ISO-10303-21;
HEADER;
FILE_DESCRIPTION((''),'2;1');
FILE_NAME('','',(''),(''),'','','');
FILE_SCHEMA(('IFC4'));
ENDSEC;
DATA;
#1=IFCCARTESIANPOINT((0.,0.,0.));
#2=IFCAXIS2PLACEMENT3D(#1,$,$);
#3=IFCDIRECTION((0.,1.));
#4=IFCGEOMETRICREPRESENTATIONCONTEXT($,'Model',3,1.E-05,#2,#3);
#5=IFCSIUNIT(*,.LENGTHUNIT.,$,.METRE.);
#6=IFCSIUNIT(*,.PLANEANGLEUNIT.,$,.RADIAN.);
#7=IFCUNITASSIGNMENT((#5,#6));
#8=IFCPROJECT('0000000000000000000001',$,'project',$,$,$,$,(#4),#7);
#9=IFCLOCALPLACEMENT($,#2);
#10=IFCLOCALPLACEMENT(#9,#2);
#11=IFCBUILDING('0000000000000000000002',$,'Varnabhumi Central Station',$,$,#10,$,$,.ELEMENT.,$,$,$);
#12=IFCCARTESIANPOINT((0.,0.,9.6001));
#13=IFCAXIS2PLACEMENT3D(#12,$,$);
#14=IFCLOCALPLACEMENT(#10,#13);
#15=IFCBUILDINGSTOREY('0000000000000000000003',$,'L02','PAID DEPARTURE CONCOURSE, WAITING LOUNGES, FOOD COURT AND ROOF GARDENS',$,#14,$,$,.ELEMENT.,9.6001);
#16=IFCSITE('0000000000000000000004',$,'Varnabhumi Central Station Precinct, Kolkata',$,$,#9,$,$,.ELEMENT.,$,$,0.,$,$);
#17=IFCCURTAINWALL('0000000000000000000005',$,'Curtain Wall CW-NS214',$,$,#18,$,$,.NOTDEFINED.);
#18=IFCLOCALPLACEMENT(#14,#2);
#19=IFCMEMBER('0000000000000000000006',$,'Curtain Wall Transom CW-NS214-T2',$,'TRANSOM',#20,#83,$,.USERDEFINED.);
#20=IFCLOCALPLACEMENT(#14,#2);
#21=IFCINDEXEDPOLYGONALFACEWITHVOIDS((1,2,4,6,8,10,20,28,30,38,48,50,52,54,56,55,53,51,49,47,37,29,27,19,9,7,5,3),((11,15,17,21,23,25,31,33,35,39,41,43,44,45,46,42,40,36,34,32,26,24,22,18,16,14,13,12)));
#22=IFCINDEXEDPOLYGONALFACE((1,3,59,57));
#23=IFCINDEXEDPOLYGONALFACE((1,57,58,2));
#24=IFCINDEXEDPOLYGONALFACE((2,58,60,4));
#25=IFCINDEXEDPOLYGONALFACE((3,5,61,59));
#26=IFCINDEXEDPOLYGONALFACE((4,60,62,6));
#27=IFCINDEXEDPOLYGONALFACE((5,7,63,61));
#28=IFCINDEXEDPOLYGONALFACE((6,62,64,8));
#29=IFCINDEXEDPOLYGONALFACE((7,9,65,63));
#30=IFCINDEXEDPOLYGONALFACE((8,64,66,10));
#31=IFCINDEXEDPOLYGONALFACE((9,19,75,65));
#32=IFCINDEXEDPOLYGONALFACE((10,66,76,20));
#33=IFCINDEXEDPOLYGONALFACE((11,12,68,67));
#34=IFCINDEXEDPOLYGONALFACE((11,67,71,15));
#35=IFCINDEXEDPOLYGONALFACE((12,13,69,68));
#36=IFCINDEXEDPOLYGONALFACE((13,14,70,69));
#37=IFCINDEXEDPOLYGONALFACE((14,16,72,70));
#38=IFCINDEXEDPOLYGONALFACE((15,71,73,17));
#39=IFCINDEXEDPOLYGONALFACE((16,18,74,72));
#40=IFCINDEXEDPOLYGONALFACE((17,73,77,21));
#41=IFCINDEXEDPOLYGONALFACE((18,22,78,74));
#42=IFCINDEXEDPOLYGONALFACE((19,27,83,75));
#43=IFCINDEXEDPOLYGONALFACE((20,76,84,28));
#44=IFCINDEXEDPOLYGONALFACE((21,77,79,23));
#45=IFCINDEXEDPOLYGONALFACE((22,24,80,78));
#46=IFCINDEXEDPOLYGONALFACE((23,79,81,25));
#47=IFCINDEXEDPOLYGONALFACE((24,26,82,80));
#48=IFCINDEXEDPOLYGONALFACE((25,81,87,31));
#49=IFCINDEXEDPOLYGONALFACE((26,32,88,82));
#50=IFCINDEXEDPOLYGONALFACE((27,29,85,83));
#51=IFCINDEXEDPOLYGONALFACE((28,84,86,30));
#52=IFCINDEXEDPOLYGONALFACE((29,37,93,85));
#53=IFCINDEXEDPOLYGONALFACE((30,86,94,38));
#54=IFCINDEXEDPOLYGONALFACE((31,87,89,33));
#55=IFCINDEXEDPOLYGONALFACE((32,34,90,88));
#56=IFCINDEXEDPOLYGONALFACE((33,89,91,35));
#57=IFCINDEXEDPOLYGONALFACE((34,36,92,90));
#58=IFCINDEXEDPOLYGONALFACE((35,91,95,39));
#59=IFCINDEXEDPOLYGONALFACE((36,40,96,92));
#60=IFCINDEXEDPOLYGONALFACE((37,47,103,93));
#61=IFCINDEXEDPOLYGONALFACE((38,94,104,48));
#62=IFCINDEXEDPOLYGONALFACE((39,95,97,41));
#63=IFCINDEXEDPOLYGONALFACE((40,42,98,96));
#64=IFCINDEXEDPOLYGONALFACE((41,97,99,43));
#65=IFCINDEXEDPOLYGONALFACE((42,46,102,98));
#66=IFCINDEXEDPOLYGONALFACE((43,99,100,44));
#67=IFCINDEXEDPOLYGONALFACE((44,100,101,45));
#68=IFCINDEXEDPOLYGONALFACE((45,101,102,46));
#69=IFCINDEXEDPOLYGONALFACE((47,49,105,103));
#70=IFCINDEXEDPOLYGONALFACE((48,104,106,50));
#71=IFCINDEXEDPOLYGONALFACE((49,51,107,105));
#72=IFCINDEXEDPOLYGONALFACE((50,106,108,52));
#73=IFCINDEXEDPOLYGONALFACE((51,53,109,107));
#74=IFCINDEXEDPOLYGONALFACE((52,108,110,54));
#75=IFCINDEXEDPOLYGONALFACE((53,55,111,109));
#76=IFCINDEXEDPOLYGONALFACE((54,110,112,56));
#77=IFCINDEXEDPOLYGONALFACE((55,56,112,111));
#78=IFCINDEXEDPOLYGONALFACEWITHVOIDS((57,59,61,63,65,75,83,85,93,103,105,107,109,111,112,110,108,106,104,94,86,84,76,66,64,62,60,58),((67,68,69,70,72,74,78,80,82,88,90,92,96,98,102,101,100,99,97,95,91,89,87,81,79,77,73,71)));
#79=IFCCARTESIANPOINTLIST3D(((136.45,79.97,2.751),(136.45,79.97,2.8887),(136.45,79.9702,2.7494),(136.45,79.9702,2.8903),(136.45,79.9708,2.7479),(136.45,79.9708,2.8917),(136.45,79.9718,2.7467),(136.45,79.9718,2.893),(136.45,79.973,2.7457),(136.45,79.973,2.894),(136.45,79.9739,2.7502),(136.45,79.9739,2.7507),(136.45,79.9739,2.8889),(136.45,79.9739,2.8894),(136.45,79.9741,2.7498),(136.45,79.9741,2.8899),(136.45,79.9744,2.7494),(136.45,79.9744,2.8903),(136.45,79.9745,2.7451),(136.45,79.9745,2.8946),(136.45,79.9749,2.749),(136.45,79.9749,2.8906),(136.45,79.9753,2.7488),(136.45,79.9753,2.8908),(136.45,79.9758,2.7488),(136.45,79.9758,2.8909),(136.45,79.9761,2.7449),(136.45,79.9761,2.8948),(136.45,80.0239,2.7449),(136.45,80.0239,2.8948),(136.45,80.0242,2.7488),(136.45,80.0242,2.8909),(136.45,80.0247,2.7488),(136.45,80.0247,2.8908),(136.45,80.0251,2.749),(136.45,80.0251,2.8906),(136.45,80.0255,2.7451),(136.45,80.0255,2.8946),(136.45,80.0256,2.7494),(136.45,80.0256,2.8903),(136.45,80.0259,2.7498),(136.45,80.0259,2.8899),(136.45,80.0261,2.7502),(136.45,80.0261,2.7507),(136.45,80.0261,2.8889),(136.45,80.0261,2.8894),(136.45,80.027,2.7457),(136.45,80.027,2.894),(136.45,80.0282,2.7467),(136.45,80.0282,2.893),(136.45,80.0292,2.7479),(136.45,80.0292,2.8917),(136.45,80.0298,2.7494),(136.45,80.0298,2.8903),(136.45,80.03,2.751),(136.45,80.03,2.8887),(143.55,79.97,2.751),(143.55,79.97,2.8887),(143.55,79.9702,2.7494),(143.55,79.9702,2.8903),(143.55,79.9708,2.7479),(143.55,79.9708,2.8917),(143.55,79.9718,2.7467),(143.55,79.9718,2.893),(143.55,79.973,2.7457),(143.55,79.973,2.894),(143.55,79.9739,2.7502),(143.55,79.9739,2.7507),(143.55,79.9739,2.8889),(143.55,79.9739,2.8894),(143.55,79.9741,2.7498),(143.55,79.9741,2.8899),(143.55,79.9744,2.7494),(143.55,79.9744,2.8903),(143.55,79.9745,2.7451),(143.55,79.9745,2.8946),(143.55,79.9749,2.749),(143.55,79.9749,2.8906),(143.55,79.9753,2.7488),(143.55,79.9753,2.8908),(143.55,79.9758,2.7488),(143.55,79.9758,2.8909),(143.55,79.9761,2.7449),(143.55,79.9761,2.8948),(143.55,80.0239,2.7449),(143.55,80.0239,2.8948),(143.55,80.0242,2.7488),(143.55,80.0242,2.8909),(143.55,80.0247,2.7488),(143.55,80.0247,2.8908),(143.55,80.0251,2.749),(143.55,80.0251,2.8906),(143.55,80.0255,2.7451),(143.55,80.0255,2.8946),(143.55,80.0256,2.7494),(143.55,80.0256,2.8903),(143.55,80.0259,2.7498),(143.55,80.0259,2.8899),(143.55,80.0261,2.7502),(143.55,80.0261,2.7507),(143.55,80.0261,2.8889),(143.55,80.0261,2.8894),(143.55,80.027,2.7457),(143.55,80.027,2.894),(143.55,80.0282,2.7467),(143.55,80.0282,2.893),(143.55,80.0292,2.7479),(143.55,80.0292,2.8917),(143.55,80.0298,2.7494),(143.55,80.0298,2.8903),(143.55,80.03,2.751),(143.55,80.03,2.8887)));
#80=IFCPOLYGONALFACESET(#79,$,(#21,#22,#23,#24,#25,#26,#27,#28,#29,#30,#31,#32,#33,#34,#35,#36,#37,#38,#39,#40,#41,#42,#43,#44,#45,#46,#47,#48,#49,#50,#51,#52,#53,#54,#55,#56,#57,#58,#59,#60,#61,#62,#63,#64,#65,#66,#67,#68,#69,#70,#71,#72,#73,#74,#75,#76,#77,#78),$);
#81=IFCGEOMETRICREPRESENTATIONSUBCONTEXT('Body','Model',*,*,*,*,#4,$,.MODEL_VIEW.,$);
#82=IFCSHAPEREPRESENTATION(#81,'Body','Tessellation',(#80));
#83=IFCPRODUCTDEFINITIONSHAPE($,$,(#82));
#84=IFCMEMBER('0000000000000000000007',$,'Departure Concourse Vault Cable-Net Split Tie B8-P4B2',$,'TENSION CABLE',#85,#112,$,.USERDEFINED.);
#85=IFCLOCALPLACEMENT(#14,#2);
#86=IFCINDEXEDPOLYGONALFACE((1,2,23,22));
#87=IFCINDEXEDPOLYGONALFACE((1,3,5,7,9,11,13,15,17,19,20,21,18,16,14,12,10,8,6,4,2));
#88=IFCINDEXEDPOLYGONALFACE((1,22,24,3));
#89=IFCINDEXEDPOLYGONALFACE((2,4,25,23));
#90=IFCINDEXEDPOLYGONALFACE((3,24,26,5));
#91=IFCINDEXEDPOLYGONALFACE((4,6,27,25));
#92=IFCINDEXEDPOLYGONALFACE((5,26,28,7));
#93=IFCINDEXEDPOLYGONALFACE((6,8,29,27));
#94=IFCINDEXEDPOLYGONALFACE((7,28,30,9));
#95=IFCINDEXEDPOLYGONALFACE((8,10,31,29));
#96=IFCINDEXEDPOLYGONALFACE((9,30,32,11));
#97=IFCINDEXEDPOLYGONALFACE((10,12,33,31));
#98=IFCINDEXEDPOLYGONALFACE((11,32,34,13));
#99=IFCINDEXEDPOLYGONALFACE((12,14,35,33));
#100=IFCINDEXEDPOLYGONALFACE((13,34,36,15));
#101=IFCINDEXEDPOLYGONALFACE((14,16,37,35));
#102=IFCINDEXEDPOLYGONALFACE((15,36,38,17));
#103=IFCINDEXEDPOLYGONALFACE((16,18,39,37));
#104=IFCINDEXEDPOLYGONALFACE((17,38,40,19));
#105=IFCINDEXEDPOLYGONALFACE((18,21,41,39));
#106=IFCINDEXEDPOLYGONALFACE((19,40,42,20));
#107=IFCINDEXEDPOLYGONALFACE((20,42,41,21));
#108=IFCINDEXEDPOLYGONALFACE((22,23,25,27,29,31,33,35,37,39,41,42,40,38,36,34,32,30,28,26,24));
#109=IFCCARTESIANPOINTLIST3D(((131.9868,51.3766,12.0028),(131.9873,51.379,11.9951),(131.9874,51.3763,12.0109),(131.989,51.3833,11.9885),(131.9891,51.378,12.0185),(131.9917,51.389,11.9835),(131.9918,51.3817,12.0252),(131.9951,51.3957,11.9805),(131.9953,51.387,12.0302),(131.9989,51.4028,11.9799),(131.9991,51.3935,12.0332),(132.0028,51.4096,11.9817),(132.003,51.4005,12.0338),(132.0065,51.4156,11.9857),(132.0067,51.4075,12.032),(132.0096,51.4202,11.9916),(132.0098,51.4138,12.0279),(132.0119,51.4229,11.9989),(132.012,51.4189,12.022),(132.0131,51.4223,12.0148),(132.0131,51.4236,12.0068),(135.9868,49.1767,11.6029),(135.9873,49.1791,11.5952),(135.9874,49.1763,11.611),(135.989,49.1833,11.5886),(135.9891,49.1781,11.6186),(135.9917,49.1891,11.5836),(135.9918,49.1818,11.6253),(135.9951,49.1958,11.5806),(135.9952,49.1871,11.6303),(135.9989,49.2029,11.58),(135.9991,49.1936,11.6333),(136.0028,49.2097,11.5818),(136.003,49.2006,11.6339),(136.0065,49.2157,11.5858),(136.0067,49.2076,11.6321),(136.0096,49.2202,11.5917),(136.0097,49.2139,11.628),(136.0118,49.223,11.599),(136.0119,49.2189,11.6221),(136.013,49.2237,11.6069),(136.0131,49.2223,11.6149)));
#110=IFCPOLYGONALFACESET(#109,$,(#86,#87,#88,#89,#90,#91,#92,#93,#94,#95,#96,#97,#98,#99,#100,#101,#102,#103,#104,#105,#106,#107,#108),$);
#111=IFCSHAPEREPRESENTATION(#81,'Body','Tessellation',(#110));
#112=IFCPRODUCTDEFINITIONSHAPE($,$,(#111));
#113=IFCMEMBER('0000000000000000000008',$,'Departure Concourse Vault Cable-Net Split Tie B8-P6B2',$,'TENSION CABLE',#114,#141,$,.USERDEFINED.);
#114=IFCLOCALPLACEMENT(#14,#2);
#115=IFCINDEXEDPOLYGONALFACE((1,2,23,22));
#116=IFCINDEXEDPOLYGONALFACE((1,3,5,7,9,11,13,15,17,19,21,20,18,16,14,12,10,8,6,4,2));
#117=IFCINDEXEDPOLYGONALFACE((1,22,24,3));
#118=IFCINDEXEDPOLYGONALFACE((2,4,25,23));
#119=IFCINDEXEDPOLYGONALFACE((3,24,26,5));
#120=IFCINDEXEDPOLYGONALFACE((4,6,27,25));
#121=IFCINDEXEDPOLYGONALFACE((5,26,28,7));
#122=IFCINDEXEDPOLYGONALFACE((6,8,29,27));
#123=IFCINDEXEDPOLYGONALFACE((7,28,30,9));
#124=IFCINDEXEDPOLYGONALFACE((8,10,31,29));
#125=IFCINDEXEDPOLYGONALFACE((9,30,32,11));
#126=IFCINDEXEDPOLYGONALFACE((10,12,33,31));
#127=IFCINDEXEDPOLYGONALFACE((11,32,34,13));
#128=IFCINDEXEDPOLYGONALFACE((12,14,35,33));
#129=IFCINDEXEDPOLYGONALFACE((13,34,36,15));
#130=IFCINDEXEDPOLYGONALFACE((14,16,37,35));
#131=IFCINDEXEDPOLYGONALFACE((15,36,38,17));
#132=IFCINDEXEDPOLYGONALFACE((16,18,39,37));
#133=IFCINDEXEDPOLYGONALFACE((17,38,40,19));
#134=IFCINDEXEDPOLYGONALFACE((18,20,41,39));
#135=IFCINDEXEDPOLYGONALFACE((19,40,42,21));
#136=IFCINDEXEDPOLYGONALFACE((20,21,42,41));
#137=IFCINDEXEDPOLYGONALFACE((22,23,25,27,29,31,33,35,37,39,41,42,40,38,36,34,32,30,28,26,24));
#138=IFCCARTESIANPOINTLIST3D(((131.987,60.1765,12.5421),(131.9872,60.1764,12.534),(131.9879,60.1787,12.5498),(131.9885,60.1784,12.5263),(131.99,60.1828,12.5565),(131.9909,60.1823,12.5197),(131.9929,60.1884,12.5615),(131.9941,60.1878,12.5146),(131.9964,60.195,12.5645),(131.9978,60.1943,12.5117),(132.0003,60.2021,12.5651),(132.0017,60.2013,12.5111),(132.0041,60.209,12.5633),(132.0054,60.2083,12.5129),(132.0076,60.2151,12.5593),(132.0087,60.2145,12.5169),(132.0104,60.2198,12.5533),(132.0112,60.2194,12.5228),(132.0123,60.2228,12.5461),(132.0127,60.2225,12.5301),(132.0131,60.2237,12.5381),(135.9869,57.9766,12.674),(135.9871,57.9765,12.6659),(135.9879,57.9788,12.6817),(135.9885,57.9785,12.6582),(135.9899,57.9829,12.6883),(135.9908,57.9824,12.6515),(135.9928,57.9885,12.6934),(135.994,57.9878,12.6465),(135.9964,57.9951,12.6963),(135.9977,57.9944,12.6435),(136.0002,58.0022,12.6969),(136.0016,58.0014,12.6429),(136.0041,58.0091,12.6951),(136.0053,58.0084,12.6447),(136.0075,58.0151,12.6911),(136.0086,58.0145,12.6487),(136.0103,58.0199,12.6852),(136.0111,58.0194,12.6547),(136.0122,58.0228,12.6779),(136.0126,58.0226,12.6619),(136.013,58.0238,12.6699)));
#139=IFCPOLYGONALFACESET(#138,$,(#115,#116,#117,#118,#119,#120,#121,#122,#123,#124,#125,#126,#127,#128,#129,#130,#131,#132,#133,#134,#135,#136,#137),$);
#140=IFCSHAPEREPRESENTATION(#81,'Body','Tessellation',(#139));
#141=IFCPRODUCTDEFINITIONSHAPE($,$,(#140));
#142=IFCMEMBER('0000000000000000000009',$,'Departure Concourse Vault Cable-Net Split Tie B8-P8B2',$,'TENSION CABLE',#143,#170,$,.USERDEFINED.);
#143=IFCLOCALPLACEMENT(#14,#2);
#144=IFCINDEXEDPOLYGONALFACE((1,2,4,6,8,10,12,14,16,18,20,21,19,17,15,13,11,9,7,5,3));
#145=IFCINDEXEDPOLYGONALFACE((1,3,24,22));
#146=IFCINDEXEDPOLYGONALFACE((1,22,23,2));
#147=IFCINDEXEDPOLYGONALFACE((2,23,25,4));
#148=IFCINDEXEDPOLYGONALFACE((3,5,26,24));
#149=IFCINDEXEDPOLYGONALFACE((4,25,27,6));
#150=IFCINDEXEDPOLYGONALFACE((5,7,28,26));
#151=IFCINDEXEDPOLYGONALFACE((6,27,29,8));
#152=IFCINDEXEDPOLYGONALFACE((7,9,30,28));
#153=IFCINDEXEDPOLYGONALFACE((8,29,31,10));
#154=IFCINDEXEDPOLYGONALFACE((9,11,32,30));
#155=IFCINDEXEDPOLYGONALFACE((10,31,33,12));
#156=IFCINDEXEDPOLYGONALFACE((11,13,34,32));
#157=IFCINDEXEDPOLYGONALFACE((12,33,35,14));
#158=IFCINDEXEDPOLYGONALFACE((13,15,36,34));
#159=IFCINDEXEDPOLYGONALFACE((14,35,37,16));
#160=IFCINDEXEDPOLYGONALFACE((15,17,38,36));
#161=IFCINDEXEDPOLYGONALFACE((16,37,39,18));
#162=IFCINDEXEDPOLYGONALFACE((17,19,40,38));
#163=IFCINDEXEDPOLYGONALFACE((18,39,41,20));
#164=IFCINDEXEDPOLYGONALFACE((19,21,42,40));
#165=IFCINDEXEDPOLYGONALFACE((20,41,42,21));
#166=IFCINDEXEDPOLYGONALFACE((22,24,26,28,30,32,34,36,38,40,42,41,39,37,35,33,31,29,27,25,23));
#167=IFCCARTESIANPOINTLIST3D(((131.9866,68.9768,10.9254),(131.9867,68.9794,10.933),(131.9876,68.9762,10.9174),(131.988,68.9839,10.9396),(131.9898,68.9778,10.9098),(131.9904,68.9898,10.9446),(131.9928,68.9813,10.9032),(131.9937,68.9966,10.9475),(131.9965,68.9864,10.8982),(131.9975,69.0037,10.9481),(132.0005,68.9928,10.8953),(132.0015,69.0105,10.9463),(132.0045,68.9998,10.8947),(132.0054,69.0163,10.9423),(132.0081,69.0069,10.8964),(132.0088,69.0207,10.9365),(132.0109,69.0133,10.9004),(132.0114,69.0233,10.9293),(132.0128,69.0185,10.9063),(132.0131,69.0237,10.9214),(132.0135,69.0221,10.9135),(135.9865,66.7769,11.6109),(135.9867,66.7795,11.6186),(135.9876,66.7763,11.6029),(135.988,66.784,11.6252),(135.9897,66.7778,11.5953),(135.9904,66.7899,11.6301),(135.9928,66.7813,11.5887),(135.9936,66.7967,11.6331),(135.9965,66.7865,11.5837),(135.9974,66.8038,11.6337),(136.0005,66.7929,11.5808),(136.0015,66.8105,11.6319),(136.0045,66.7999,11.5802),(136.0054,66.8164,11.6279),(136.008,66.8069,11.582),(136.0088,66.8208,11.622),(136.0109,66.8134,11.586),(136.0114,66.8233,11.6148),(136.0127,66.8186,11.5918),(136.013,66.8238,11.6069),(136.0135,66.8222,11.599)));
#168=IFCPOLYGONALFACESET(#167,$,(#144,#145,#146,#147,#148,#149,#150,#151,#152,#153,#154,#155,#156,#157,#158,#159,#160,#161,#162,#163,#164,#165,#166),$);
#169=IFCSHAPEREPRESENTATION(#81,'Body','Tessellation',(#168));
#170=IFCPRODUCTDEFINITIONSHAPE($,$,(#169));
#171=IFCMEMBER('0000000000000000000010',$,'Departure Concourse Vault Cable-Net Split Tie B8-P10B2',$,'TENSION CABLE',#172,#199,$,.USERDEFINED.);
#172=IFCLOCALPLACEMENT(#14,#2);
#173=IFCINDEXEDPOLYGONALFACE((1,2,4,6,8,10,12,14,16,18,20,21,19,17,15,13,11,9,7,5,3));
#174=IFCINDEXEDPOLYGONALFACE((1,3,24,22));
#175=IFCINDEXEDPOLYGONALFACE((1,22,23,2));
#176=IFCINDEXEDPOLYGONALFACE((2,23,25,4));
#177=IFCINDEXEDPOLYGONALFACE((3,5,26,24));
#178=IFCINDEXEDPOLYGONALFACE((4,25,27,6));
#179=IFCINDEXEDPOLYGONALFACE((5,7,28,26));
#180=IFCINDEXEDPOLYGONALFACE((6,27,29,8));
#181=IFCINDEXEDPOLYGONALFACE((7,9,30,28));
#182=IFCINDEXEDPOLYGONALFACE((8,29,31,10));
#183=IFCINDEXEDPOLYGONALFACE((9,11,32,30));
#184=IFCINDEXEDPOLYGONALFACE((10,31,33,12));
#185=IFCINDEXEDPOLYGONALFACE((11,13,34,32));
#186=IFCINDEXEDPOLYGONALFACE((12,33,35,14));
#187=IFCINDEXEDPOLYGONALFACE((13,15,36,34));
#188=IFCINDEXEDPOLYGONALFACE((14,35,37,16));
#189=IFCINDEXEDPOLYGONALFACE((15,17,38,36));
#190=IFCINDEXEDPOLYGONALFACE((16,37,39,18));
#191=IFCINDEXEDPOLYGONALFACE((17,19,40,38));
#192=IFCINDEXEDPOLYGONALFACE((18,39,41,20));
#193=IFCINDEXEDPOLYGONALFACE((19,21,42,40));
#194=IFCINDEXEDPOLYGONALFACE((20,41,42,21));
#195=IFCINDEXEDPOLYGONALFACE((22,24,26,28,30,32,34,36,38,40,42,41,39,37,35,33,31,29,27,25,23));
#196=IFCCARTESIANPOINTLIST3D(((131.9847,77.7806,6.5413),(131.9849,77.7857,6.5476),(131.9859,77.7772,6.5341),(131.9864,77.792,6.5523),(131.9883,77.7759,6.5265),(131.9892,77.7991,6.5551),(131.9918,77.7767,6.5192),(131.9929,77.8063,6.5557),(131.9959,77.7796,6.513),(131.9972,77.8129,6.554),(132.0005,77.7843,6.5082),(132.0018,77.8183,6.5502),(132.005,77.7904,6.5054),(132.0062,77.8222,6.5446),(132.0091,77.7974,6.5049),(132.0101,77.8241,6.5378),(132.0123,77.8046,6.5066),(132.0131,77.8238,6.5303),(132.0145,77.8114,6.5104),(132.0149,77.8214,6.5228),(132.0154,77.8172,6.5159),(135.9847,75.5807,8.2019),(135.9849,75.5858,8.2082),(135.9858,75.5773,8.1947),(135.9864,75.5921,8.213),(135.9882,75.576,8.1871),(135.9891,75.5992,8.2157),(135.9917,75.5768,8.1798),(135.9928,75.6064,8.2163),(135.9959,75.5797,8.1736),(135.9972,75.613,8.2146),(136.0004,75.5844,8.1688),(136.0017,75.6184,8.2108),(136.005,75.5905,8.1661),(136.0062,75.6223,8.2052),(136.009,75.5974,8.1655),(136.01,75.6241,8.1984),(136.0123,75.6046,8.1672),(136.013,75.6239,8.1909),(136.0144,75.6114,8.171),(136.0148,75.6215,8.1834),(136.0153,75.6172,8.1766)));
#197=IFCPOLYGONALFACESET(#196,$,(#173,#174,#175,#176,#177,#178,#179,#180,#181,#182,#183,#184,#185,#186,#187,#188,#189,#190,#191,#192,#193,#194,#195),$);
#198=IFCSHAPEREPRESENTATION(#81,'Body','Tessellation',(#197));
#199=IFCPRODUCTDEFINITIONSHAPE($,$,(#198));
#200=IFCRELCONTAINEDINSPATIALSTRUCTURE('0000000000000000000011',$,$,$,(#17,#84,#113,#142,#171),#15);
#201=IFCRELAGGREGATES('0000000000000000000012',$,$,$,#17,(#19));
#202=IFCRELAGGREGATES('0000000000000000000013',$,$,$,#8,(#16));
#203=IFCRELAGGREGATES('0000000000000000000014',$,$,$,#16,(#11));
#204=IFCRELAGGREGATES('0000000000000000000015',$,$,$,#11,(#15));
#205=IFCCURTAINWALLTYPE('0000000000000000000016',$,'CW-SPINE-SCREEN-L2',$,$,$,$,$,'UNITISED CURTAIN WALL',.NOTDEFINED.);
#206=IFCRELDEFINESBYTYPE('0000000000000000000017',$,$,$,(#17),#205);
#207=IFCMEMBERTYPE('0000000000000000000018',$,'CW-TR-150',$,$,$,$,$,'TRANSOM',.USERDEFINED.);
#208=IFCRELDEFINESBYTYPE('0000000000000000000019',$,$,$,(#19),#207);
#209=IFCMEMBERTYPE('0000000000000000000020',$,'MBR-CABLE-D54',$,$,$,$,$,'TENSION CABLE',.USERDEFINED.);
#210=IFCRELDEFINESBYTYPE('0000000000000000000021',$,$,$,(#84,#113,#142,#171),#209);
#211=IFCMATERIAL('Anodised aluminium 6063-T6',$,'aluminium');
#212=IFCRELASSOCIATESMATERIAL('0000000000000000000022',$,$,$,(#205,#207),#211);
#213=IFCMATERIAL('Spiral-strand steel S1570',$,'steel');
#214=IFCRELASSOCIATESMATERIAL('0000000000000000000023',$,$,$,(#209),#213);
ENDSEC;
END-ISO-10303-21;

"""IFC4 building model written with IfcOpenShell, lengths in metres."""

from ifc_helpers import new_model, si_unit, direction, frame, origin, origin_2d, place, context, subcontext, project, spatial, hollow_rectangle, circle, extrude, material, material_profile, profile_set, type_object, element, aggregate, save


model = new_model("IFC4")

# Units and contexts
model_context = context("Model", 3, precision=1e-05, world=origin(), true_north=direction((0.0, 1.0)))
body_context = subcontext(model_context, "Body", "Model", "MODEL_VIEW")
ifc_project = project(units=[si_unit("LENGTHUNIT", "METRE"), si_unit("PLANEANGLEUNIT", "RADIAN")], contexts=[model_context])

# Site, building, storey
site_placement = place(None, origin())
site = spatial("IfcSite", under=ifc_project, at=site_placement, Name="Varnabhumi Central Station Precinct, Kolkata", CompositionType="ELEMENT", RefElevation=0.0)
building_placement = place(site_placement, origin())
building = spatial("IfcBuilding", under=site, at=building_placement, Name="Varnabhumi Central Station", CompositionType="ELEMENT")
storey_placement = place(building_placement, frame((0.0, 0.0, 9.6001)))
storey = spatial("IfcBuildingStorey", under=building, at=storey_placement, Name="L02", Description="PAID DEPARTURE CONCOURSE, WAITING LOUNGES, FOOD COURT AND ROOF GARDENS", CompositionType="ELEMENT", Elevation=9.6001)

# Curtain wall, member
ifc_material_1 = material(Name="Anodised aluminium 6063-T6", Category="aluminium")
curtain_wall_type = type_object("IfcCurtainWallType", Name="CW-SPINE-SCREEN-L2", ElementType="UNITISED CURTAIN WALL", PredefinedType="NOTDEFINED", material=ifc_material_1)
curtain_wall_placement = place(storey_placement, origin())
curtain_wall = element("IfcCurtainWall", 1, at=curtain_wall_placement, inside=storey, type_object=curtain_wall_type, Name="Curtain Wall CW-NS214", PredefinedType="NOTDEFINED")
ifc_material_profile_1 = material_profile(ifc_material_1, hollow_rectangle(XDim=0.0601, YDim=0.1499, WallThickness=0.0039, InnerFilletRadius=0.002, OuterFilletRadius=0.0061, at=origin_2d()), Name="Anodised aluminium 6063-T6", Category="aluminium")
ifc_profile_set_1 = profile_set([ifc_material_profile_1], Name="Anodised aluminium 6063-T6")
member_type_1 = type_object("IfcMemberType", Name="CW-TR-150", ElementType="TRANSOM", PredefinedType="USERDEFINED", material=ifc_profile_set_1)
member_1_placement = place(storey_placement, frame((136.45, 80.0, 2.8198), z_axis=(1.0, 0.0, 0.0), x_axis=(0.0, 1.0, 0.0)))
member_1 = element("IfcMember", 2, at=member_1_placement, type_object=member_type_1, Name="Curtain Wall Transom CW-NS214-T2", ObjectType="TRANSOM", PredefinedType="USERDEFINED", context=body_context, shape_type="SweptSolid", body=[
    extrude(hollow_rectangle(XDim=0.0601, YDim=0.1499, WallThickness=0.0039, InnerFilletRadius=0.002, OuterFilletRadius=0.0061, at=origin_2d()), origin(), (0.0, 0.0, 1.0), 7.1001),
])
aggregate(curtain_wall, [member_1])

# Members
ifc_material_2 = material(Name="Spiral-strand steel S1570", Category="steel")
ifc_material_profile_2 = material_profile(ifc_material_2, circle(Radius=0.0271, at=origin_2d()), Name="Spiral-strand steel S1570", Category="steel")
ifc_profile_set_2 = profile_set([ifc_material_profile_2], Name="Spiral-strand steel S1570")
member_type_2 = type_object("IfcMemberType", Name="MBR-CABLE-D54", ElementType="TENSION CABLE", PredefinedType="USERDEFINED", material=ifc_profile_set_2)
member_2_placement = place(storey_placement, frame((132.0, 51.3999, 12.0068), z_axis=(0.872878, -0.480072, -0.087266), x_axis=(0.481911, 0.87622, 0.0)))
element("IfcMember", 3, at=member_2_placement, inside=storey, type_object=member_type_2, Name="Departure Concourse Vault Cable-Net Split Tie B8-P4B2", ObjectType="TENSION CABLE", PredefinedType="USERDEFINED", context=body_context, shape_type="SweptSolid", body=[
    extrude(circle(Radius=0.0271, at=origin_2d()), origin(), (0.0, 0.0, 1.0), 4.5825),
])
member_3_placement = place(storey_placement, frame((132.0, 60.2, 12.5381), z_axis=(0.875855, -0.48171, 0.028867), x_axis=(0.481911, 0.87622, 0.0)))
element("IfcMember", 4, at=member_3_placement, inside=storey, type_object=member_type_2, Name="Departure Concourse Vault Cable-Net Split Tie B8-P6B2", ObjectType="TENSION CABLE", PredefinedType="USERDEFINED", context=body_context, shape_type="SweptSolid", body=[
    extrude(circle(Radius=0.0271, at=origin_2d()), origin(), (0.0, 0.0, 1.0), 4.5669),
])
member_4_placement = place(storey_placement, frame((132.0, 69.0, 10.9214), z_axis=(0.866504, -0.476567, 0.148507), x_axis=(0.481911, 0.87622, 0.0)))
element("IfcMember", 5, at=member_4_placement, inside=storey, type_object=member_type_2, Name="Departure Concourse Vault Cable-Net Split Tie B8-P8B2", ObjectType="TENSION CABLE", PredefinedType="USERDEFINED", context=body_context, shape_type="SweptSolid", body=[
    extrude(circle(Radius=0.0271, at=origin_2d()), origin(), (0.0, 0.0, 1.0), 4.6162),
])
member_5_placement = place(storey_placement, frame((132.0, 77.8, 6.5303), z_axis=(0.82343, -0.452877, 0.341856), x_axis=(0.481911, 0.87622, 0.0)))
element("IfcMember", 6, at=member_5_placement, inside=storey, type_object=member_type_2, Name="Departure Concourse Vault Cable-Net Split Tie B8-P10B2", ObjectType="TENSION CABLE", PredefinedType="USERDEFINED", context=body_context, shape_type="SweptSolid", body=[
    extrude(circle(Radius=0.0271, at=origin_2d()), origin(), (0.0, 0.0, 1.0), 4.8577),
])

save(model, "model.ifc")
